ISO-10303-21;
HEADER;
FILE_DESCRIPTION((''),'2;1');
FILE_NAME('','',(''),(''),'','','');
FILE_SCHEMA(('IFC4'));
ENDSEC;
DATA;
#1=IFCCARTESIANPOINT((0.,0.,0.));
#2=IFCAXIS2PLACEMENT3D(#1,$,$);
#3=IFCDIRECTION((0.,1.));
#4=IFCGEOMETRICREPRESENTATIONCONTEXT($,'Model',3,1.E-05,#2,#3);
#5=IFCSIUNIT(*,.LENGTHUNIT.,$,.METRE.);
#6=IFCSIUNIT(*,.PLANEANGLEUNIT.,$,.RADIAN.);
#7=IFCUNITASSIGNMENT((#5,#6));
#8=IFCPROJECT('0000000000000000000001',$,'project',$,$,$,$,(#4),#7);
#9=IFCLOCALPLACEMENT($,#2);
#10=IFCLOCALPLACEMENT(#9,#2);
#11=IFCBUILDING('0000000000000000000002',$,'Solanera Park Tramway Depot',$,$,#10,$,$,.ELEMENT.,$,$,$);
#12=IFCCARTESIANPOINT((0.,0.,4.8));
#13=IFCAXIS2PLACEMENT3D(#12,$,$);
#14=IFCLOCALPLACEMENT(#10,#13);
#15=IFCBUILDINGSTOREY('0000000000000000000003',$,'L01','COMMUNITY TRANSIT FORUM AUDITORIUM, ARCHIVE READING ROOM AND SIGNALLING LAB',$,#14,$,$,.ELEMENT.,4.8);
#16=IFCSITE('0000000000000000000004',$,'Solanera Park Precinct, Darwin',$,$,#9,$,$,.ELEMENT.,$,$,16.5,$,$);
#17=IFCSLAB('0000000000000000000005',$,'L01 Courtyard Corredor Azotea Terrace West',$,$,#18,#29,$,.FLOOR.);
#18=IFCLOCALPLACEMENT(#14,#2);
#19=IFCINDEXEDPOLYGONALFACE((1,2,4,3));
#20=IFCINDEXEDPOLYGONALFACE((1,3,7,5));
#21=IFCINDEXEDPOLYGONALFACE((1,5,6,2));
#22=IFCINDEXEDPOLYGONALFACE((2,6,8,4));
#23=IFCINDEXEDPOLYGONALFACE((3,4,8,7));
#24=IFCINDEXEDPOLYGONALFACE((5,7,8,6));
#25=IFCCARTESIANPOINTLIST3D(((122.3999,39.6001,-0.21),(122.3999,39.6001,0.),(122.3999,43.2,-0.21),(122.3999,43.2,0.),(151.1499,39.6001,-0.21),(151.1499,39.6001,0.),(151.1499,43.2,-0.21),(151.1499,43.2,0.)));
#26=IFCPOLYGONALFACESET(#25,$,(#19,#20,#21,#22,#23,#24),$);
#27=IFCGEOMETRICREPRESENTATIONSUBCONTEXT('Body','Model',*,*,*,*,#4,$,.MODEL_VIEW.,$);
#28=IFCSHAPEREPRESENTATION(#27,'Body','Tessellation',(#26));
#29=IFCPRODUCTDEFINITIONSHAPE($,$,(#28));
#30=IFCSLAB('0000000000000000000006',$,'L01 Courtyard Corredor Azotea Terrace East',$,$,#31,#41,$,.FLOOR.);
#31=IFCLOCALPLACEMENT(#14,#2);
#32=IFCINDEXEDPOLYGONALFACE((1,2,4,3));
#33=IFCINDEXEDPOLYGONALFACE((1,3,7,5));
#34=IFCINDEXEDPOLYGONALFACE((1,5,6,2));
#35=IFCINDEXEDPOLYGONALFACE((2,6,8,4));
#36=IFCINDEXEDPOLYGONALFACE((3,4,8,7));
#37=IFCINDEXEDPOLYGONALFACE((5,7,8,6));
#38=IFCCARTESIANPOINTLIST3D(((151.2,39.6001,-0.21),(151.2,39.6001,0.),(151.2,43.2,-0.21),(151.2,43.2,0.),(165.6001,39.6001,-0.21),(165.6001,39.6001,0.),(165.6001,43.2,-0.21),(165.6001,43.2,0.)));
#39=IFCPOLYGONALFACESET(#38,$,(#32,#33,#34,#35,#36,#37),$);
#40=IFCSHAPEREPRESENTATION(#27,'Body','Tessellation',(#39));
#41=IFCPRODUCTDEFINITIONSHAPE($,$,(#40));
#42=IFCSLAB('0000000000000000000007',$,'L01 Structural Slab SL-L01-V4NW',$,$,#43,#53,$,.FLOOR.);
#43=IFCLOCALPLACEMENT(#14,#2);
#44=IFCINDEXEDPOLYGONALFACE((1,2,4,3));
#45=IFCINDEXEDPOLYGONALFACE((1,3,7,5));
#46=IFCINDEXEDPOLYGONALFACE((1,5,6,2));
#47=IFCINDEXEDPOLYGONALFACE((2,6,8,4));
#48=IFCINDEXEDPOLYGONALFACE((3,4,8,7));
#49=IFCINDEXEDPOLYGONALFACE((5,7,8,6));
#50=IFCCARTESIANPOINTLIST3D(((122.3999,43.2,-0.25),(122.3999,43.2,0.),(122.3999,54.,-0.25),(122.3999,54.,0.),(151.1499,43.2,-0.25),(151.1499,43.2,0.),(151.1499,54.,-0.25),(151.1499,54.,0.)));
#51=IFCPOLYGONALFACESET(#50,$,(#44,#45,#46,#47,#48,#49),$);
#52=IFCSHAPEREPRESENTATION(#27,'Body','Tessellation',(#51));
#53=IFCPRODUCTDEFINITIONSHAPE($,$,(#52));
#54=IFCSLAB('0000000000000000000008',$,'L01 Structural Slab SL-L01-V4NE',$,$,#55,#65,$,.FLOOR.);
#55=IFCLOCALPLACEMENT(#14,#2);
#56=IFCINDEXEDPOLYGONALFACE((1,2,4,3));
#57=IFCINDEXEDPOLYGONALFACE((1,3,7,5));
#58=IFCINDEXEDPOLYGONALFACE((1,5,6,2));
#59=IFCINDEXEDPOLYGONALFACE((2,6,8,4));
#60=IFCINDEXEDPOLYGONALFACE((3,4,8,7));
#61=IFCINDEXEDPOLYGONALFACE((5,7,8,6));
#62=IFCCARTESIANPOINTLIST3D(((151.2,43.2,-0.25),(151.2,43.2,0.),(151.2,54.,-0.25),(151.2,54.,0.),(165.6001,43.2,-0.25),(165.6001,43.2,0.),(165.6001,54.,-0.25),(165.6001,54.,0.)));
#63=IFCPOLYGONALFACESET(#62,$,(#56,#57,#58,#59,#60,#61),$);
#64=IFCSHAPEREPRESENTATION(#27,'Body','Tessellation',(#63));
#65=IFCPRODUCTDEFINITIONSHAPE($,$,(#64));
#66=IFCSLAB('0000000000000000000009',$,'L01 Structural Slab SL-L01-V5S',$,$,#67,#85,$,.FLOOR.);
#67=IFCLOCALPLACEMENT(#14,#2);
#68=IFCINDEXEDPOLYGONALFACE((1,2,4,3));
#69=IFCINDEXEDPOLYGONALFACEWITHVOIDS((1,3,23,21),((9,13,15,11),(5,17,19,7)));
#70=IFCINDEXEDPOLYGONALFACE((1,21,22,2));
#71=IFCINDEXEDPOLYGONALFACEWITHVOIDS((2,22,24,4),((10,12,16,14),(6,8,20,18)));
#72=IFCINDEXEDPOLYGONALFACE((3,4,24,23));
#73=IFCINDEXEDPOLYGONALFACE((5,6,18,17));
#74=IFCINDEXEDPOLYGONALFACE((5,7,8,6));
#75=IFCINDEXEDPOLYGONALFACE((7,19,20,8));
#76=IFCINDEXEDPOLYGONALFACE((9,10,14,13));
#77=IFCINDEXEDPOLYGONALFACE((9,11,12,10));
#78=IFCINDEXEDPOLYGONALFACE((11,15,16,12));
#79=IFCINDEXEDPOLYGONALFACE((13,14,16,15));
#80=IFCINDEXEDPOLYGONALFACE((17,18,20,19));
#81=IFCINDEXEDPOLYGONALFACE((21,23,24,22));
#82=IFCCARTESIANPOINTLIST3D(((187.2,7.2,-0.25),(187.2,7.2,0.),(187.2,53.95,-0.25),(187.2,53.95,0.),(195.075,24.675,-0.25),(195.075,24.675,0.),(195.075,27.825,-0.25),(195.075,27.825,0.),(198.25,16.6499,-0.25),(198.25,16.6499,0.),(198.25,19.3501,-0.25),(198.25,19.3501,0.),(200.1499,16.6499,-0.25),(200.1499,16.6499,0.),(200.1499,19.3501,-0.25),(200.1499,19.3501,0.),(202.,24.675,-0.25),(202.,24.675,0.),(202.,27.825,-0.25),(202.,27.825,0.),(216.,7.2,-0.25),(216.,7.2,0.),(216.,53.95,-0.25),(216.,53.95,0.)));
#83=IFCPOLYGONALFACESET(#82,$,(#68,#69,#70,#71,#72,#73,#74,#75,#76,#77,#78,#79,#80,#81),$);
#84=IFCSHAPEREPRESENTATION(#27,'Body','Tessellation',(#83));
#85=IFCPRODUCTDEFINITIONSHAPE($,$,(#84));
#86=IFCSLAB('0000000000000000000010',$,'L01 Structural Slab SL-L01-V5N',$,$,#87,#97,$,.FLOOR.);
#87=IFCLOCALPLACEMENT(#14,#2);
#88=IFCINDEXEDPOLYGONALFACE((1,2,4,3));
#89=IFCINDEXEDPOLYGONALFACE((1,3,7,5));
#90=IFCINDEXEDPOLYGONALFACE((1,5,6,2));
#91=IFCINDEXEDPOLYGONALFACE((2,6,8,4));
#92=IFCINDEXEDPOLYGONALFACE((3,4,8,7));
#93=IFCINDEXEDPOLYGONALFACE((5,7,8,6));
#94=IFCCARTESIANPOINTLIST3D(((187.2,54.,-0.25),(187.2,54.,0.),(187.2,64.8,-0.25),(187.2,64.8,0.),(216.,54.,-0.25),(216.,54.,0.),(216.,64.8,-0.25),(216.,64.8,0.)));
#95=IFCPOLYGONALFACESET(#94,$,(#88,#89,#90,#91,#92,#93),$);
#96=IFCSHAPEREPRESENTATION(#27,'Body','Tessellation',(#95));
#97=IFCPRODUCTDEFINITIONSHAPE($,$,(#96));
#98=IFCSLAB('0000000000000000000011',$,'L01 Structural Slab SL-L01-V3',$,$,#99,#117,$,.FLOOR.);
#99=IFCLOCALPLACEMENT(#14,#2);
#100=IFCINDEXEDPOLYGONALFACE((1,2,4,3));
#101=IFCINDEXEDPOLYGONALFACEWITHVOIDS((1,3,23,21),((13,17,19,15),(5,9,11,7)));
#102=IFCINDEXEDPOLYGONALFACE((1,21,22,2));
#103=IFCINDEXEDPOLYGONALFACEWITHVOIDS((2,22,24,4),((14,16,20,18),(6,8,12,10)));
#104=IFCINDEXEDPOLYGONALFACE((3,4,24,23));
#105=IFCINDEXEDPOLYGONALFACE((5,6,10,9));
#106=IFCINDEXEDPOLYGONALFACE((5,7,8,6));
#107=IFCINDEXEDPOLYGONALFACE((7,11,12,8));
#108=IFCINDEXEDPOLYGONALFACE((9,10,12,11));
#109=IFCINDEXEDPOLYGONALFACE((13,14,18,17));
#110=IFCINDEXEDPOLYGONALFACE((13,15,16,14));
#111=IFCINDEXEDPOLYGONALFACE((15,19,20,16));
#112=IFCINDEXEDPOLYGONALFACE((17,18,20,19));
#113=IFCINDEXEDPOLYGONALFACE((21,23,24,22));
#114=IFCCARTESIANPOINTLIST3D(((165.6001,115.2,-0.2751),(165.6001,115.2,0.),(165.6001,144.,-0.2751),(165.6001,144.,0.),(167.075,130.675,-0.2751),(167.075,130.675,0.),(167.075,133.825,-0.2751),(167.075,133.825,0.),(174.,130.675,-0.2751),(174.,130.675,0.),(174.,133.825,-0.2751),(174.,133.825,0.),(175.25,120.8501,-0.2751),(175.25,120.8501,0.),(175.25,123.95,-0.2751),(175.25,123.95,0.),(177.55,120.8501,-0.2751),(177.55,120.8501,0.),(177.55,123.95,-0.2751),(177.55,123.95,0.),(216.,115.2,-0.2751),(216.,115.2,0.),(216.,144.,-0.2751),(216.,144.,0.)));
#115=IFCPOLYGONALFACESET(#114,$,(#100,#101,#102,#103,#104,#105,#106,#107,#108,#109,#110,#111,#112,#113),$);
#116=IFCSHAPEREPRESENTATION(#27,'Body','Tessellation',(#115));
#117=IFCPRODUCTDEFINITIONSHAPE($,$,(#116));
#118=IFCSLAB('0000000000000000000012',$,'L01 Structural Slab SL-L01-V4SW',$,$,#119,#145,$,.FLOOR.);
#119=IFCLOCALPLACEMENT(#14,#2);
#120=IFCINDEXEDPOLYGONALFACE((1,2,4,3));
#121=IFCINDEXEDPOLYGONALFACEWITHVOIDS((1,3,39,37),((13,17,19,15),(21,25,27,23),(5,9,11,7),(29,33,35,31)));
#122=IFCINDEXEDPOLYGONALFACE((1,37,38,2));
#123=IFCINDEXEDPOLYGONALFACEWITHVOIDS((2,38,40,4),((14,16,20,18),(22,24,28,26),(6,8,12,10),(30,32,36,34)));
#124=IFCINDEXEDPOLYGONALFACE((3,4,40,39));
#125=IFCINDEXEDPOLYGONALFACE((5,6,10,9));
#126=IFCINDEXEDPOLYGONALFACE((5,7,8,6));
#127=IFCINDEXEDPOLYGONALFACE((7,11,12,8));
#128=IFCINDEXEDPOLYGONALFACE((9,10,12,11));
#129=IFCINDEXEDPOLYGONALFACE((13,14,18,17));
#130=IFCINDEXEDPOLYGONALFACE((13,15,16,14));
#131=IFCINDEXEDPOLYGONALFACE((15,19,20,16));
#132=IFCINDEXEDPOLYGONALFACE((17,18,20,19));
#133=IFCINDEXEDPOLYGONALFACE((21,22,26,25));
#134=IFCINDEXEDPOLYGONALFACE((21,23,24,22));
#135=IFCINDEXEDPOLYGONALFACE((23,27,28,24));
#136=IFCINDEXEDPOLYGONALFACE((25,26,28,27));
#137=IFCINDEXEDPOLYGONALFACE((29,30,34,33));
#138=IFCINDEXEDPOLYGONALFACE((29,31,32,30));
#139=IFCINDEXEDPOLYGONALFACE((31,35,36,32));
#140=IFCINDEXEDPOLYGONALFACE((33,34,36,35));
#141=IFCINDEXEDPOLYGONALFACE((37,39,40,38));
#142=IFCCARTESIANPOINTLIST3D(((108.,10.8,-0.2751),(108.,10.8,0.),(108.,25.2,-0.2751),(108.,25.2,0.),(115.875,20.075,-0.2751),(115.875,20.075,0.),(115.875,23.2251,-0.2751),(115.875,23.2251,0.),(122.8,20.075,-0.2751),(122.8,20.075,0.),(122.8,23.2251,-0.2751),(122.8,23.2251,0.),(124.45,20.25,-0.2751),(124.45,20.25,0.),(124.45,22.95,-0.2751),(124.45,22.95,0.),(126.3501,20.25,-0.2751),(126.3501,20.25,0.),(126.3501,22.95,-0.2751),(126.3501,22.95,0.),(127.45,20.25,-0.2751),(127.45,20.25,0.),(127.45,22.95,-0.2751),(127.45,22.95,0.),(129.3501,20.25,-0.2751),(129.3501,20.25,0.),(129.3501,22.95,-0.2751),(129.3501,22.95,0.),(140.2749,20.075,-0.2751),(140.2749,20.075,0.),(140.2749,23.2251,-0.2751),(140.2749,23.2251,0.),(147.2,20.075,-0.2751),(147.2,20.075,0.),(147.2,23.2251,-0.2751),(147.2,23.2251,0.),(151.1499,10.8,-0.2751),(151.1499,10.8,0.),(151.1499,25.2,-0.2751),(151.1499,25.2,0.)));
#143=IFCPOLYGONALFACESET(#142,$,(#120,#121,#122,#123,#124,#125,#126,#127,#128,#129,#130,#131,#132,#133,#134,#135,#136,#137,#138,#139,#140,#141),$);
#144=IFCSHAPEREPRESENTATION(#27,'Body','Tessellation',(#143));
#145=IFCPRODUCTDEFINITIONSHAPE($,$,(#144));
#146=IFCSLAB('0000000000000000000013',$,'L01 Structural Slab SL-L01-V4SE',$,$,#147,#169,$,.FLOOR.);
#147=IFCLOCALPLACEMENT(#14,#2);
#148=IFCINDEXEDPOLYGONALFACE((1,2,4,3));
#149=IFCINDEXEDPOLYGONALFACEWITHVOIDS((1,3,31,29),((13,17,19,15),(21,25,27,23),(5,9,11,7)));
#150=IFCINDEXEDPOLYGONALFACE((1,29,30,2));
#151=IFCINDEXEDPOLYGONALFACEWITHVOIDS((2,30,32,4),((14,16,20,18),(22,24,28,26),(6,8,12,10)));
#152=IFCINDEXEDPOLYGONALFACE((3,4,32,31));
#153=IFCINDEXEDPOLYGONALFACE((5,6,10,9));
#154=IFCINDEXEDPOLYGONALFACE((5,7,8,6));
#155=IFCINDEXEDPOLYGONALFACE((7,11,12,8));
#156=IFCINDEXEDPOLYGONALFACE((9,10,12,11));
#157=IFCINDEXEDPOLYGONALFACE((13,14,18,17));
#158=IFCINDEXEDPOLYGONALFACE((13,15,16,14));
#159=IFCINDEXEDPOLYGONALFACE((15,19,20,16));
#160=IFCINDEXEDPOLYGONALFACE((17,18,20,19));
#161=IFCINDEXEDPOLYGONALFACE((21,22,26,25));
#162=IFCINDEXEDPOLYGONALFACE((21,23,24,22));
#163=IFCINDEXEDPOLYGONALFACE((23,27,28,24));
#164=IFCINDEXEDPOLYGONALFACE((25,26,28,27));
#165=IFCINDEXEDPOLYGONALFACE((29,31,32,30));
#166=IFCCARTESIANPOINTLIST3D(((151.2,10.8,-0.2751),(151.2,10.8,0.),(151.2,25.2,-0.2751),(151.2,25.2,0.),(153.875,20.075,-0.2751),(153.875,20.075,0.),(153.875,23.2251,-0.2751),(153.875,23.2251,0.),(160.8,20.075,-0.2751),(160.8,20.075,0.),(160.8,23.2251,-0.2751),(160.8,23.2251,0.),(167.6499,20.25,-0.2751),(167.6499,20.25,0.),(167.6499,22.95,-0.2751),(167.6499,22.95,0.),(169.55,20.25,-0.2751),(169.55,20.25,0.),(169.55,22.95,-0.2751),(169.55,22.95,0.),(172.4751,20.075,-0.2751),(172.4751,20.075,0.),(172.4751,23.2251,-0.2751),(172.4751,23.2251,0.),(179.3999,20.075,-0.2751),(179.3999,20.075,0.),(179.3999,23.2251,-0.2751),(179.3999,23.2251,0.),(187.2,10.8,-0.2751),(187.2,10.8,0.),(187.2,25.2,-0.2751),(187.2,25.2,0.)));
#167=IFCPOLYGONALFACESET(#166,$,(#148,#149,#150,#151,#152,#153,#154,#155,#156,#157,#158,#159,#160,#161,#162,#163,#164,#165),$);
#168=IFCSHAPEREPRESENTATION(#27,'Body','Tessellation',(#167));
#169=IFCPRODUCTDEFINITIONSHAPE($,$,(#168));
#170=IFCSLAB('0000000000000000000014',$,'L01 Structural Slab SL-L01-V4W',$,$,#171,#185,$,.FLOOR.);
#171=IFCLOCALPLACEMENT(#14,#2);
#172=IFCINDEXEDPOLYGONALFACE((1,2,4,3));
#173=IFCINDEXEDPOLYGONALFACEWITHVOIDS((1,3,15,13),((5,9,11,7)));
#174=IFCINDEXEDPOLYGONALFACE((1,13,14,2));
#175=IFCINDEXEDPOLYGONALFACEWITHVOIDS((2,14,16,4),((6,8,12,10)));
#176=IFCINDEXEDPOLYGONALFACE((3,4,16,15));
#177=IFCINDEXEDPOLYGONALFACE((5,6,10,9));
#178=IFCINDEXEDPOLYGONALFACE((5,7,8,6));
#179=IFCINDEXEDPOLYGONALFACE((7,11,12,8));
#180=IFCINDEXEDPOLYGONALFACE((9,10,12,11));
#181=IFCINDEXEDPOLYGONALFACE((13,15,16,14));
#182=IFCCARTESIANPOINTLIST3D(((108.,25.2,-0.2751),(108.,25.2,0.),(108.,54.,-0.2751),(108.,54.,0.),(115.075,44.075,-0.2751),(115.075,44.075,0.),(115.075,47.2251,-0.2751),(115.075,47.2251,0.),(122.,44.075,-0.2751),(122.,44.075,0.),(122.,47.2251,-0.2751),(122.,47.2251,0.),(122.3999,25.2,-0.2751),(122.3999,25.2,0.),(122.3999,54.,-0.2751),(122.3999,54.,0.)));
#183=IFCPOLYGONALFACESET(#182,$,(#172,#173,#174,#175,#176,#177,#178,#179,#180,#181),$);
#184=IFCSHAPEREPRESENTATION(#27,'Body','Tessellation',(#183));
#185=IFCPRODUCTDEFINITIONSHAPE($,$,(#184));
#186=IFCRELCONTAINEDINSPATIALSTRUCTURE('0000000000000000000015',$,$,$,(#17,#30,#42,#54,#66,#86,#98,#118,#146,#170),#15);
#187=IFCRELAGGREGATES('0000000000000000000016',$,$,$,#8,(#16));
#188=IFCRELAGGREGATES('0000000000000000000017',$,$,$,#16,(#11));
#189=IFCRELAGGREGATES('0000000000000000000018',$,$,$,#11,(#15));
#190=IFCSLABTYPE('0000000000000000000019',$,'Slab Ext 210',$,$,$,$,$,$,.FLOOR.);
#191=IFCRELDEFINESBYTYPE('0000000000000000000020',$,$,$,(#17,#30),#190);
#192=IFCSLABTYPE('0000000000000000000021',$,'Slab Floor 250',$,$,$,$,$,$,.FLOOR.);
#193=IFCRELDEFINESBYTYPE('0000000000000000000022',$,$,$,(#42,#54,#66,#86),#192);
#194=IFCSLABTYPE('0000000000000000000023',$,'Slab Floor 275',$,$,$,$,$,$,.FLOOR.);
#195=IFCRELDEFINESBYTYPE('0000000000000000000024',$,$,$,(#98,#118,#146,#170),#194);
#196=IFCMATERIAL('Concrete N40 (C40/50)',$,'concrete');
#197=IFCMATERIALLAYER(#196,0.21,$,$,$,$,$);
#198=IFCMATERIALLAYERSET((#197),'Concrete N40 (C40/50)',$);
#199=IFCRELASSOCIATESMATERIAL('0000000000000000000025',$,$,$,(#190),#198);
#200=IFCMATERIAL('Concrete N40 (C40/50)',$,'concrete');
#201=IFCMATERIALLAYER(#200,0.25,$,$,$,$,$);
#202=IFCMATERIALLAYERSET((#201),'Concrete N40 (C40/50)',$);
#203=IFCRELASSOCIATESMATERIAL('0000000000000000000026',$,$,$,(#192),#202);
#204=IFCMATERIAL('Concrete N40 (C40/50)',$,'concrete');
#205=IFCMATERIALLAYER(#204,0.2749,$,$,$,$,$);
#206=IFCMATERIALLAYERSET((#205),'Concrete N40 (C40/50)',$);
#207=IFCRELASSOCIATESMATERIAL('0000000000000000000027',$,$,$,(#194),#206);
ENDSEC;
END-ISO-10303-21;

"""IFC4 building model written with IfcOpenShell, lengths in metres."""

from ifc_helpers import new_model, si_unit, direction, frame, origin, place, context, subcontext, project, spatial, polyline, outline, extrude, material, layer, layer_set, type_object, element, save


model = new_model("IFC4")

# Units and contexts
model_context = context("Model", 3, precision=1e-05, world=origin(), true_north=direction((0.0, 1.0)))
body_context = subcontext(model_context, "Body", "Model", "MODEL_VIEW")
ifc_project = project(units=[si_unit("LENGTHUNIT", "METRE"), si_unit("PLANEANGLEUNIT", "RADIAN")], contexts=[model_context])

# Site, building, storey
site_placement = place(None, origin())
site = spatial("IfcSite", under=ifc_project, at=site_placement, Name="Solanera Park Precinct, Darwin", CompositionType="ELEMENT", RefElevation=16.5)
building_placement = place(site_placement, origin())
building = spatial("IfcBuilding", under=site, at=building_placement, Name="Solanera Park Tramway Depot", CompositionType="ELEMENT")
storey_placement = place(building_placement, frame((0.0, 0.0, 4.8)))
storey = spatial("IfcBuildingStorey", under=building, at=storey_placement, Name="L01", Description="COMMUNITY TRANSIT FORUM AUDITORIUM, ARCHIVE READING ROOM AND SIGNALLING LAB", CompositionType="ELEMENT", Elevation=4.8)

# Slabs
ifc_material_1 = material(Name="Concrete N40 (C40/50)", Category="concrete")
ifc_layer_1 = layer(ifc_material_1, 0.21)
ifc_layer_set_1 = layer_set([ifc_layer_1], Name="Concrete N40 (C40/50)")
slab_type_1 = type_object("IfcSlabType", Name="Slab Ext 210", PredefinedType="FLOOR", material=ifc_layer_set_1)
slab_1_placement = place(storey_placement, frame((0.0, 0.0, -0.21)))
element("IfcSlab", 1, at=slab_1_placement, inside=storey, type_object=slab_type_1, Name="L01 Courtyard Corredor Azotea Terrace West", PredefinedType="FLOOR", context=body_context, shape_type="SweptSolid", body=[
    extrude(outline(polyline([(151.1499, 39.6001), (151.1499, 43.2), (122.3999, 43.2), (122.3999, 39.6001), (151.1499, 39.6001)])), origin(), (0.0, 0.0, 1.0), 0.21),
])
slab_2_placement = place(storey_placement, frame((0.0, 0.0, -0.21)))
element("IfcSlab", 2, at=slab_2_placement, inside=storey, type_object=slab_type_1, Name="L01 Courtyard Corredor Azotea Terrace East", PredefinedType="FLOOR", context=body_context, shape_type="SweptSolid", body=[
    extrude(outline(polyline([(165.6001, 39.6001), (165.6001, 43.2), (151.2, 43.2), (151.2, 39.6001), (165.6001, 39.6001)])), origin(), (0.0, 0.0, 1.0), 0.21),
])
ifc_material_2 = material(Name="Concrete N40 (C40/50)", Category="concrete")
ifc_layer_2 = layer(ifc_material_2, 0.25)
ifc_layer_set_2 = layer_set([ifc_layer_2], Name="Concrete N40 (C40/50)")
slab_type_2 = type_object("IfcSlabType", Name="Slab Floor 250", PredefinedType="FLOOR", material=ifc_layer_set_2)
slab_3_placement = place(storey_placement, frame((0.0, 0.0, -0.25)))
element("IfcSlab", 3, at=slab_3_placement, inside=storey, type_object=slab_type_2, Name="L01 Structural Slab SL-L01-V4NW", PredefinedType="FLOOR", context=body_context, shape_type="SweptSolid", body=[
    extrude(outline(polyline([(151.1499, 43.2), (151.1499, 54.0), (122.3999, 54.0), (122.3999, 43.2), (151.1499, 43.2)])), origin(), (0.0, 0.0, 1.0), 0.25),
])
slab_4_placement = place(storey_placement, frame((0.0, 0.0, -0.25)))
element("IfcSlab", 4, at=slab_4_placement, inside=storey, type_object=slab_type_2, Name="L01 Structural Slab SL-L01-V4NE", PredefinedType="FLOOR", context=body_context, shape_type="SweptSolid", body=[
    extrude(outline(polyline([(165.6001, 43.2), (165.6001, 54.0), (151.2, 54.0), (151.2, 43.2), (165.6001, 43.2)])), origin(), (0.0, 0.0, 1.0), 0.25),
])
slab_5_placement = place(storey_placement, frame((0.0, 0.0, -0.25)))
element("IfcSlab", 5, at=slab_5_placement, inside=storey, type_object=slab_type_2, Name="L01 Structural Slab SL-L01-V5S", PredefinedType="FLOOR", context=body_context, shape_type="SweptSolid", body=[
    extrude(outline(polyline([(187.2, 53.95), (216.0, 53.95), (216.0, 7.2), (187.2, 7.2), (187.2, 53.95)]), holes=[polyline([(195.075, 27.825), (195.075, 24.675), (202.0, 24.675), (202.0, 27.825), (195.075, 27.825)]), polyline([(200.1499, 19.3501), (198.25, 19.3501), (198.25, 16.6499), (200.1499, 16.6499), (200.1499, 19.3501)])]), origin(), (0.0, 0.0, 1.0), 0.25),
])
slab_6_placement = place(storey_placement, frame((0.0, 0.0, -0.25)))
element("IfcSlab", 6, at=slab_6_placement, inside=storey, type_object=slab_type_2, Name="L01 Structural Slab SL-L01-V5N", PredefinedType="FLOOR", context=body_context, shape_type="SweptSolid", body=[
    extrude(outline(polyline([(216.0, 54.0), (216.0, 64.8), (187.2, 64.8), (187.2, 54.0), (216.0, 54.0)])), origin(), (0.0, 0.0, 1.0), 0.25),
])
ifc_material_3 = material(Name="Concrete N40 (C40/50)", Category="concrete")
ifc_layer_3 = layer(ifc_material_3, 0.2749)
ifc_layer_set_3 = layer_set([ifc_layer_3], Name="Concrete N40 (C40/50)")
slab_type_3 = type_object("IfcSlabType", Name="Slab Floor 275", PredefinedType="FLOOR", material=ifc_layer_set_3)
slab_7_placement = place(storey_placement, frame((0.0, 0.0, -0.2751)))
element("IfcSlab", 7, at=slab_7_placement, inside=storey, type_object=slab_type_3, Name="L01 Structural Slab SL-L01-V3", PredefinedType="FLOOR", context=body_context, shape_type="SweptSolid", body=[
    extrude(outline(polyline([(165.6001, 144.0), (216.0, 144.0), (216.0, 115.2), (165.6001, 115.2), (165.6001, 144.0)]), holes=[polyline([(167.075, 133.825), (167.075, 130.675), (174.0, 130.675), (174.0, 133.825), (167.075, 133.825)]), polyline([(177.55, 123.95), (175.25, 123.95), (175.25, 120.8501), (177.55, 120.8501), (177.55, 123.95)])]), origin(), (0.0, 0.0, 1.0), 0.2751),
])
slab_8_placement = place(storey_placement, frame((0.0, 0.0, -0.2751)))
element("IfcSlab", 8, at=slab_8_placement, inside=storey, type_object=slab_type_3, Name="L01 Structural Slab SL-L01-V4SW", PredefinedType="FLOOR", context=body_context, shape_type="SweptSolid", body=[
    extrude(outline(polyline([(151.1499, 10.8), (108.0, 10.8), (108.0, 25.2), (151.1499, 25.2), (151.1499, 10.8)]), holes=[polyline([(122.8, 20.075), (122.8, 23.2251), (115.875, 23.2251), (115.875, 20.075), (122.8, 20.075)]), polyline([(140.2749, 20.075), (147.2, 20.075), (147.2, 23.2251), (140.2749, 23.2251), (140.2749, 20.075)]), polyline([(124.45, 22.95), (124.45, 20.25), (126.3501, 20.25), (126.3501, 22.95), (124.45, 22.95)]), polyline([(129.3501, 22.95), (127.45, 22.95), (127.45, 20.25), (129.3501, 20.25), (129.3501, 22.95)])]), origin(), (0.0, 0.0, 1.0), 0.2751),
])
slab_9_placement = place(storey_placement, frame((0.0, 0.0, -0.2751)))
element("IfcSlab", 9, at=slab_9_placement, inside=storey, type_object=slab_type_3, Name="L01 Structural Slab SL-L01-V4SE", PredefinedType="FLOOR", context=body_context, shape_type="SweptSolid", body=[
    extrude(outline(polyline([(187.2, 25.2), (187.2, 10.8), (151.2, 10.8), (151.2, 25.2), (187.2, 25.2)]), holes=[polyline([(153.875, 20.075), (160.8, 20.075), (160.8, 23.2251), (153.875, 23.2251), (153.875, 20.075)]), polyline([(172.4751, 23.2251), (172.4751, 20.075), (179.3999, 20.075), (179.3999, 23.2251), (172.4751, 23.2251)]), polyline([(169.55, 22.95), (167.6499, 22.95), (167.6499, 20.25), (169.55, 20.25), (169.55, 22.95)])]), origin(), (0.0, 0.0, 1.0), 0.2751),
])
slab_10_placement = place(storey_placement, frame((0.0, 0.0, -0.2751)))
element("IfcSlab", 10, at=slab_10_placement, inside=storey, type_object=slab_type_3, Name="L01 Structural Slab SL-L01-V4W", PredefinedType="FLOOR", context=body_context, shape_type="SweptSolid", body=[
    extrude(outline(polyline([(108.0, 25.2), (108.0, 54.0), (122.3999, 54.0), (122.3999, 25.2), (108.0, 25.2)]), holes=[polyline([(122.0, 47.2251), (115.075, 47.2251), (115.075, 44.075), (122.0, 44.075), (122.0, 47.2251)])]), origin(), (0.0, 0.0, 1.0), 0.2751),
])

save(model, "model.ifc")
